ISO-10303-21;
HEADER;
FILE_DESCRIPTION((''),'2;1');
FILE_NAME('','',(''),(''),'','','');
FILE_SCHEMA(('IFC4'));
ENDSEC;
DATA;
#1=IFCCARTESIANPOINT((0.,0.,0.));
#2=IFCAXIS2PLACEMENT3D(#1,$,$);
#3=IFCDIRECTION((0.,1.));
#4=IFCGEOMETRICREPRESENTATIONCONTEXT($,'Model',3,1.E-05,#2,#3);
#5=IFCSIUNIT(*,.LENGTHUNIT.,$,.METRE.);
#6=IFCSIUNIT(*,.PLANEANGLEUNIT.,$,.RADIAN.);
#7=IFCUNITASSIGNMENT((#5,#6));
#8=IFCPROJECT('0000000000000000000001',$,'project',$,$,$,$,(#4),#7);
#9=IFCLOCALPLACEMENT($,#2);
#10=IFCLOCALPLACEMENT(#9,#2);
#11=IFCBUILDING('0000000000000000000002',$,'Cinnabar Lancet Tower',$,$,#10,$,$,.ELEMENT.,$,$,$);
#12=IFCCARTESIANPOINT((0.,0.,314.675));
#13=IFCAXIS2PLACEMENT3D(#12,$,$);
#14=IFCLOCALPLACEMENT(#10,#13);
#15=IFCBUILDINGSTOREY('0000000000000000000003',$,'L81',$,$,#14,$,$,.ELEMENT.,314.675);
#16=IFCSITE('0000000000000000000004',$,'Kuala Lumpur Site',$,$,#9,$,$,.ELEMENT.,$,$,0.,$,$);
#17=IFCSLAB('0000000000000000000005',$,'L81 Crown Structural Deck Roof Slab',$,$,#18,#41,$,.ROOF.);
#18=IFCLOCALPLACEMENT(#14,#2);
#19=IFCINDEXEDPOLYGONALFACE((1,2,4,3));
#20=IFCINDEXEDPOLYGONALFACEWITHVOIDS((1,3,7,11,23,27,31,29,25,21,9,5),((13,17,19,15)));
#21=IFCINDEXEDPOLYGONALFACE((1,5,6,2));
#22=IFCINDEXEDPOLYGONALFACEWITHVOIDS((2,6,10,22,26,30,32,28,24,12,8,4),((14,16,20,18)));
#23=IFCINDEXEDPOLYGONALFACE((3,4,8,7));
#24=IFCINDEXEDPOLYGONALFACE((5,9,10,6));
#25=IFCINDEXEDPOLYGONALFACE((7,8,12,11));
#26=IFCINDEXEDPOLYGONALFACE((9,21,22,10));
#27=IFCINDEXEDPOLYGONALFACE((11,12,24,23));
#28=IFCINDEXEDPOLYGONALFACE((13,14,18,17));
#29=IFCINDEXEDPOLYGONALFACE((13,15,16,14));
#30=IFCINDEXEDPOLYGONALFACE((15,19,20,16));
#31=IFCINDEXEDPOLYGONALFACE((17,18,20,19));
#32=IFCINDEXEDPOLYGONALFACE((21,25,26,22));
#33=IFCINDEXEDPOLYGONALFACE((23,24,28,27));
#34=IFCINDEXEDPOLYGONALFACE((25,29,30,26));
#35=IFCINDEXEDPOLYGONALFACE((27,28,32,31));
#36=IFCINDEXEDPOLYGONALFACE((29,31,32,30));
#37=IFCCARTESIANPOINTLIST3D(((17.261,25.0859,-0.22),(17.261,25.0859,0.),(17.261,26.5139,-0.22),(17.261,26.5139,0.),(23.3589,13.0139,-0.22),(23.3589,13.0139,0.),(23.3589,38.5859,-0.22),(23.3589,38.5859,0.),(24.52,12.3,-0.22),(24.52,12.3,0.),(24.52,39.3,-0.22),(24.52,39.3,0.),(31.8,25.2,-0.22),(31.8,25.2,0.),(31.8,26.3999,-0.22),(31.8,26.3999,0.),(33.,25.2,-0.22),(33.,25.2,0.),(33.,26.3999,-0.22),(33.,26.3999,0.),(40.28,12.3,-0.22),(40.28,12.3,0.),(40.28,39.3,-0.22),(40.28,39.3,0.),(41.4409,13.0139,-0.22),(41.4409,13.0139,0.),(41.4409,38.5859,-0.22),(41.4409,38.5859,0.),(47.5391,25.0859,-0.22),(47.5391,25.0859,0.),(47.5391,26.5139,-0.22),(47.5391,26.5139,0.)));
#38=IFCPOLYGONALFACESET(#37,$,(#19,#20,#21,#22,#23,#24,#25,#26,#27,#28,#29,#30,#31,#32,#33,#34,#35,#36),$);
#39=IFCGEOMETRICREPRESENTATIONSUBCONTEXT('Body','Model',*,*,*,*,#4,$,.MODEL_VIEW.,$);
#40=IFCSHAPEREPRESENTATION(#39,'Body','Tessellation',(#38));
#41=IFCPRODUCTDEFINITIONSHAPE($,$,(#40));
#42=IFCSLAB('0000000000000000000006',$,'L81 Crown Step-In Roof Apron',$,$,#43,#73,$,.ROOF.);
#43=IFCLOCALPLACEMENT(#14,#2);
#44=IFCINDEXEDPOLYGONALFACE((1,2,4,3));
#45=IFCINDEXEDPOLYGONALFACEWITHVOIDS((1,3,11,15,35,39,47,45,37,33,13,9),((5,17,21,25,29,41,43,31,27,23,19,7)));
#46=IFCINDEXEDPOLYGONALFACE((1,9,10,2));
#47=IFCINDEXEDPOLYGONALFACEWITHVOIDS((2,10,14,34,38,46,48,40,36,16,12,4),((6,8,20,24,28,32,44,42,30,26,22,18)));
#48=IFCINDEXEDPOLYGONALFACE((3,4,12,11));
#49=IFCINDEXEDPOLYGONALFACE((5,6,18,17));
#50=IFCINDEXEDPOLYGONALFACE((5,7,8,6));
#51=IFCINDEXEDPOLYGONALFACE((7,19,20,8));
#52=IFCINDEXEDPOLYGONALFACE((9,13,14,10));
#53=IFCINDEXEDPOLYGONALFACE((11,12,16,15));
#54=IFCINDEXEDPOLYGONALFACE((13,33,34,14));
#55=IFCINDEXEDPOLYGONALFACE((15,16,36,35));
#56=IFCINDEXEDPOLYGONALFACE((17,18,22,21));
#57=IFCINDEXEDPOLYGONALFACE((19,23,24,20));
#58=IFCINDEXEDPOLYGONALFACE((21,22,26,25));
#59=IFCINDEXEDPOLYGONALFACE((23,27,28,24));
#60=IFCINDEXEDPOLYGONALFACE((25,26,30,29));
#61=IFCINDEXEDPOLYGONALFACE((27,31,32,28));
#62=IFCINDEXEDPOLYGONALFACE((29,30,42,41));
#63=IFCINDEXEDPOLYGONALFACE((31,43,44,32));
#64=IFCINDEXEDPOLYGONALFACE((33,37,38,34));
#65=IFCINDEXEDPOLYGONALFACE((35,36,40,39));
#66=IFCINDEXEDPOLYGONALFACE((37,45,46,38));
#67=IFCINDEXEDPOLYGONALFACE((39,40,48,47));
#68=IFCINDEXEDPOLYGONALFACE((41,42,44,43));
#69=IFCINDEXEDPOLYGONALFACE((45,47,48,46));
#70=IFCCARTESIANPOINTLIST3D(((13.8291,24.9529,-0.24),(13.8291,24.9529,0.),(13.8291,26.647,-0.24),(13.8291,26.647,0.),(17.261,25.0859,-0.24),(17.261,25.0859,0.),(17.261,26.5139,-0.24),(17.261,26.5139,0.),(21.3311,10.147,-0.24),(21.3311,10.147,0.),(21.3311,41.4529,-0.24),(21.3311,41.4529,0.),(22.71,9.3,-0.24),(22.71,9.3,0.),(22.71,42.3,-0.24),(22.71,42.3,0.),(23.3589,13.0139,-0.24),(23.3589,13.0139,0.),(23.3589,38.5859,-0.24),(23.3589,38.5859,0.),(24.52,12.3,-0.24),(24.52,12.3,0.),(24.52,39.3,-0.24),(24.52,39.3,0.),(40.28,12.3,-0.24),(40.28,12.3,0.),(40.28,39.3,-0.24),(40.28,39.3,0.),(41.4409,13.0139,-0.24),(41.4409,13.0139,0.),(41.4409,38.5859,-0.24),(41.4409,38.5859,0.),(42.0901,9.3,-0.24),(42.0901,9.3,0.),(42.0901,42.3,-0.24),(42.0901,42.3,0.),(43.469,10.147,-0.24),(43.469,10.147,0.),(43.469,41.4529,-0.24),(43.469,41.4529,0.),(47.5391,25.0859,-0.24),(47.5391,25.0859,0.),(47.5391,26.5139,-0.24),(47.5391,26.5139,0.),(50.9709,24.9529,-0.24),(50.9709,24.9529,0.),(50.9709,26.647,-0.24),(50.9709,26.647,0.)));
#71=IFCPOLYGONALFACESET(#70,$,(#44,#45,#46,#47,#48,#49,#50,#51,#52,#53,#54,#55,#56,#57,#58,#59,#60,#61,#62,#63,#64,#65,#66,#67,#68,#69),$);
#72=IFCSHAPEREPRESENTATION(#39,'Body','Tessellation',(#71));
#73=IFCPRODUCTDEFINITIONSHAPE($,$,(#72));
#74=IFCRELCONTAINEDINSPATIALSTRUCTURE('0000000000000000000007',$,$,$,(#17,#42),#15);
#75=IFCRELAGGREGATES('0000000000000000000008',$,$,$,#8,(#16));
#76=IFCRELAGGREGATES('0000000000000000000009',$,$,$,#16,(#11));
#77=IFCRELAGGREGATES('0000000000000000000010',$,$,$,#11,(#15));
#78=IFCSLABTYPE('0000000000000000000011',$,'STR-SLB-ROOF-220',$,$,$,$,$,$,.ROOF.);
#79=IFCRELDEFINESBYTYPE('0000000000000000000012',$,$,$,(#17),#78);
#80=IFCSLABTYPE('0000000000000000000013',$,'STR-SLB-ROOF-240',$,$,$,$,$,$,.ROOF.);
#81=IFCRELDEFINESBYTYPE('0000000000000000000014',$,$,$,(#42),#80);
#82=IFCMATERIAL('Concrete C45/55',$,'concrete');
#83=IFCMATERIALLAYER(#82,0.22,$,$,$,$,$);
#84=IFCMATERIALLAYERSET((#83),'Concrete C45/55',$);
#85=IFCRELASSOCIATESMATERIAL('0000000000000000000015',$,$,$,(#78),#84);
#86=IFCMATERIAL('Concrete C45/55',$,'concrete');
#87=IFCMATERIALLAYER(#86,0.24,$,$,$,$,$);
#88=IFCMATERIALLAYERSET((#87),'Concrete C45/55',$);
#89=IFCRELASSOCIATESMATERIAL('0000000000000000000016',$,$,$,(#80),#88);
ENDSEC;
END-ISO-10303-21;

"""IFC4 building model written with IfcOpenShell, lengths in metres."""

from ifc_helpers import new_model, si_unit, direction, frame, origin, place, context, subcontext, project, spatial, polyline, outline, extrude, material, layer, layer_set, type_object, element, save


model = new_model("IFC4")

# Units and contexts
model_context = context("Model", 3, precision=1e-05, world=origin(), true_north=direction((0.0, 1.0)))
body_context = subcontext(model_context, "Body", "Model", "MODEL_VIEW")
ifc_project = project(units=[si_unit("LENGTHUNIT", "METRE"), si_unit("PLANEANGLEUNIT", "RADIAN")], contexts=[model_context])

# Site, building, storey
site_placement = place(None, origin())
site = spatial("IfcSite", under=ifc_project, at=site_placement, Name="Kuala Lumpur Site", CompositionType="ELEMENT", RefElevation=0.0)
building_placement = place(site_placement, origin())
building = spatial("IfcBuilding", under=site, at=building_placement, Name="Cinnabar Lancet Tower", CompositionType="ELEMENT")
storey_placement = place(building_placement, frame((0.0, 0.0, 314.675)))
storey = spatial("IfcBuildingStorey", under=building, at=storey_placement, Name="L81", CompositionType="ELEMENT", Elevation=314.675)

# Slabs
ifc_material_1 = material(Name="Concrete C45/55", Category="concrete")
ifc_layer_1 = layer(ifc_material_1, 0.22)
ifc_layer_set_1 = layer_set([ifc_layer_1], Name="Concrete C45/55")
slab_type_1 = type_object("IfcSlabType", Name="STR-SLB-ROOF-220", PredefinedType="ROOF", material=ifc_layer_set_1)
slab_1_placement = place(storey_placement, frame((0.0, 0.0, -0.22)))
element("IfcSlab", 1, at=slab_1_placement, inside=storey, type_object=slab_type_1, Name="L81 Crown Structural Deck Roof Slab", PredefinedType="ROOF", context=body_context, shape_type="SweptSolid", body=[
    extrude(outline(polyline([(23.3589, 13.0139), (24.52, 12.3), (40.28, 12.3), (41.4409, 13.0139), (47.5391, 25.0859), (47.5391, 26.5139), (41.4409, 38.5859), (40.28, 39.3), (24.52, 39.3), (23.3589, 38.5859), (17.261, 26.5139), (17.261, 25.0859), (23.3589, 13.0139)]), holes=[polyline([(31.8, 25.2), (33.0, 25.2), (33.0, 26.3999), (31.8, 26.3999), (31.8, 25.2)])]), origin(), (0.0, 0.0, 1.0), 0.22),
])
ifc_material_2 = material(Name="Concrete C45/55", Category="concrete")
ifc_layer_2 = layer(ifc_material_2, 0.24)
ifc_layer_set_2 = layer_set([ifc_layer_2], Name="Concrete C45/55")
slab_type_2 = type_object("IfcSlabType", Name="STR-SLB-ROOF-240", PredefinedType="ROOF", material=ifc_layer_set_2)
slab_2_placement = place(storey_placement, frame((0.0, 0.0, -0.24)))
element("IfcSlab", 2, at=slab_2_placement, inside=storey, type_object=slab_type_2, Name="L81 Crown Step-In Roof Apron", PredefinedType="ROOF", context=body_context, shape_type="SweptSolid", body=[
    extrude(outline(polyline([(21.3311, 10.147), (22.71, 9.3), (42.0901, 9.3), (43.469, 10.147), (50.9709, 24.9529), (50.9709, 26.647), (43.469, 41.4529), (42.0901, 42.3), (22.71, 42.3), (21.3311, 41.4529), (13.8291, 26.647), (13.8291, 24.9529), (21.3311, 10.147)]), holes=[polyline([(23.3589, 13.0139), (24.52, 12.3), (40.28, 12.3), (41.4409, 13.0139), (47.5391, 25.0859), (47.5391, 26.5139), (41.4409, 38.5859), (40.28, 39.3), (24.52, 39.3), (23.3589, 38.5859), (17.261, 26.5139), (17.261, 25.0859), (23.3589, 13.0139)])]), origin(), (0.0, 0.0, 1.0), 0.24),
])

save(model, "model.ifc")
